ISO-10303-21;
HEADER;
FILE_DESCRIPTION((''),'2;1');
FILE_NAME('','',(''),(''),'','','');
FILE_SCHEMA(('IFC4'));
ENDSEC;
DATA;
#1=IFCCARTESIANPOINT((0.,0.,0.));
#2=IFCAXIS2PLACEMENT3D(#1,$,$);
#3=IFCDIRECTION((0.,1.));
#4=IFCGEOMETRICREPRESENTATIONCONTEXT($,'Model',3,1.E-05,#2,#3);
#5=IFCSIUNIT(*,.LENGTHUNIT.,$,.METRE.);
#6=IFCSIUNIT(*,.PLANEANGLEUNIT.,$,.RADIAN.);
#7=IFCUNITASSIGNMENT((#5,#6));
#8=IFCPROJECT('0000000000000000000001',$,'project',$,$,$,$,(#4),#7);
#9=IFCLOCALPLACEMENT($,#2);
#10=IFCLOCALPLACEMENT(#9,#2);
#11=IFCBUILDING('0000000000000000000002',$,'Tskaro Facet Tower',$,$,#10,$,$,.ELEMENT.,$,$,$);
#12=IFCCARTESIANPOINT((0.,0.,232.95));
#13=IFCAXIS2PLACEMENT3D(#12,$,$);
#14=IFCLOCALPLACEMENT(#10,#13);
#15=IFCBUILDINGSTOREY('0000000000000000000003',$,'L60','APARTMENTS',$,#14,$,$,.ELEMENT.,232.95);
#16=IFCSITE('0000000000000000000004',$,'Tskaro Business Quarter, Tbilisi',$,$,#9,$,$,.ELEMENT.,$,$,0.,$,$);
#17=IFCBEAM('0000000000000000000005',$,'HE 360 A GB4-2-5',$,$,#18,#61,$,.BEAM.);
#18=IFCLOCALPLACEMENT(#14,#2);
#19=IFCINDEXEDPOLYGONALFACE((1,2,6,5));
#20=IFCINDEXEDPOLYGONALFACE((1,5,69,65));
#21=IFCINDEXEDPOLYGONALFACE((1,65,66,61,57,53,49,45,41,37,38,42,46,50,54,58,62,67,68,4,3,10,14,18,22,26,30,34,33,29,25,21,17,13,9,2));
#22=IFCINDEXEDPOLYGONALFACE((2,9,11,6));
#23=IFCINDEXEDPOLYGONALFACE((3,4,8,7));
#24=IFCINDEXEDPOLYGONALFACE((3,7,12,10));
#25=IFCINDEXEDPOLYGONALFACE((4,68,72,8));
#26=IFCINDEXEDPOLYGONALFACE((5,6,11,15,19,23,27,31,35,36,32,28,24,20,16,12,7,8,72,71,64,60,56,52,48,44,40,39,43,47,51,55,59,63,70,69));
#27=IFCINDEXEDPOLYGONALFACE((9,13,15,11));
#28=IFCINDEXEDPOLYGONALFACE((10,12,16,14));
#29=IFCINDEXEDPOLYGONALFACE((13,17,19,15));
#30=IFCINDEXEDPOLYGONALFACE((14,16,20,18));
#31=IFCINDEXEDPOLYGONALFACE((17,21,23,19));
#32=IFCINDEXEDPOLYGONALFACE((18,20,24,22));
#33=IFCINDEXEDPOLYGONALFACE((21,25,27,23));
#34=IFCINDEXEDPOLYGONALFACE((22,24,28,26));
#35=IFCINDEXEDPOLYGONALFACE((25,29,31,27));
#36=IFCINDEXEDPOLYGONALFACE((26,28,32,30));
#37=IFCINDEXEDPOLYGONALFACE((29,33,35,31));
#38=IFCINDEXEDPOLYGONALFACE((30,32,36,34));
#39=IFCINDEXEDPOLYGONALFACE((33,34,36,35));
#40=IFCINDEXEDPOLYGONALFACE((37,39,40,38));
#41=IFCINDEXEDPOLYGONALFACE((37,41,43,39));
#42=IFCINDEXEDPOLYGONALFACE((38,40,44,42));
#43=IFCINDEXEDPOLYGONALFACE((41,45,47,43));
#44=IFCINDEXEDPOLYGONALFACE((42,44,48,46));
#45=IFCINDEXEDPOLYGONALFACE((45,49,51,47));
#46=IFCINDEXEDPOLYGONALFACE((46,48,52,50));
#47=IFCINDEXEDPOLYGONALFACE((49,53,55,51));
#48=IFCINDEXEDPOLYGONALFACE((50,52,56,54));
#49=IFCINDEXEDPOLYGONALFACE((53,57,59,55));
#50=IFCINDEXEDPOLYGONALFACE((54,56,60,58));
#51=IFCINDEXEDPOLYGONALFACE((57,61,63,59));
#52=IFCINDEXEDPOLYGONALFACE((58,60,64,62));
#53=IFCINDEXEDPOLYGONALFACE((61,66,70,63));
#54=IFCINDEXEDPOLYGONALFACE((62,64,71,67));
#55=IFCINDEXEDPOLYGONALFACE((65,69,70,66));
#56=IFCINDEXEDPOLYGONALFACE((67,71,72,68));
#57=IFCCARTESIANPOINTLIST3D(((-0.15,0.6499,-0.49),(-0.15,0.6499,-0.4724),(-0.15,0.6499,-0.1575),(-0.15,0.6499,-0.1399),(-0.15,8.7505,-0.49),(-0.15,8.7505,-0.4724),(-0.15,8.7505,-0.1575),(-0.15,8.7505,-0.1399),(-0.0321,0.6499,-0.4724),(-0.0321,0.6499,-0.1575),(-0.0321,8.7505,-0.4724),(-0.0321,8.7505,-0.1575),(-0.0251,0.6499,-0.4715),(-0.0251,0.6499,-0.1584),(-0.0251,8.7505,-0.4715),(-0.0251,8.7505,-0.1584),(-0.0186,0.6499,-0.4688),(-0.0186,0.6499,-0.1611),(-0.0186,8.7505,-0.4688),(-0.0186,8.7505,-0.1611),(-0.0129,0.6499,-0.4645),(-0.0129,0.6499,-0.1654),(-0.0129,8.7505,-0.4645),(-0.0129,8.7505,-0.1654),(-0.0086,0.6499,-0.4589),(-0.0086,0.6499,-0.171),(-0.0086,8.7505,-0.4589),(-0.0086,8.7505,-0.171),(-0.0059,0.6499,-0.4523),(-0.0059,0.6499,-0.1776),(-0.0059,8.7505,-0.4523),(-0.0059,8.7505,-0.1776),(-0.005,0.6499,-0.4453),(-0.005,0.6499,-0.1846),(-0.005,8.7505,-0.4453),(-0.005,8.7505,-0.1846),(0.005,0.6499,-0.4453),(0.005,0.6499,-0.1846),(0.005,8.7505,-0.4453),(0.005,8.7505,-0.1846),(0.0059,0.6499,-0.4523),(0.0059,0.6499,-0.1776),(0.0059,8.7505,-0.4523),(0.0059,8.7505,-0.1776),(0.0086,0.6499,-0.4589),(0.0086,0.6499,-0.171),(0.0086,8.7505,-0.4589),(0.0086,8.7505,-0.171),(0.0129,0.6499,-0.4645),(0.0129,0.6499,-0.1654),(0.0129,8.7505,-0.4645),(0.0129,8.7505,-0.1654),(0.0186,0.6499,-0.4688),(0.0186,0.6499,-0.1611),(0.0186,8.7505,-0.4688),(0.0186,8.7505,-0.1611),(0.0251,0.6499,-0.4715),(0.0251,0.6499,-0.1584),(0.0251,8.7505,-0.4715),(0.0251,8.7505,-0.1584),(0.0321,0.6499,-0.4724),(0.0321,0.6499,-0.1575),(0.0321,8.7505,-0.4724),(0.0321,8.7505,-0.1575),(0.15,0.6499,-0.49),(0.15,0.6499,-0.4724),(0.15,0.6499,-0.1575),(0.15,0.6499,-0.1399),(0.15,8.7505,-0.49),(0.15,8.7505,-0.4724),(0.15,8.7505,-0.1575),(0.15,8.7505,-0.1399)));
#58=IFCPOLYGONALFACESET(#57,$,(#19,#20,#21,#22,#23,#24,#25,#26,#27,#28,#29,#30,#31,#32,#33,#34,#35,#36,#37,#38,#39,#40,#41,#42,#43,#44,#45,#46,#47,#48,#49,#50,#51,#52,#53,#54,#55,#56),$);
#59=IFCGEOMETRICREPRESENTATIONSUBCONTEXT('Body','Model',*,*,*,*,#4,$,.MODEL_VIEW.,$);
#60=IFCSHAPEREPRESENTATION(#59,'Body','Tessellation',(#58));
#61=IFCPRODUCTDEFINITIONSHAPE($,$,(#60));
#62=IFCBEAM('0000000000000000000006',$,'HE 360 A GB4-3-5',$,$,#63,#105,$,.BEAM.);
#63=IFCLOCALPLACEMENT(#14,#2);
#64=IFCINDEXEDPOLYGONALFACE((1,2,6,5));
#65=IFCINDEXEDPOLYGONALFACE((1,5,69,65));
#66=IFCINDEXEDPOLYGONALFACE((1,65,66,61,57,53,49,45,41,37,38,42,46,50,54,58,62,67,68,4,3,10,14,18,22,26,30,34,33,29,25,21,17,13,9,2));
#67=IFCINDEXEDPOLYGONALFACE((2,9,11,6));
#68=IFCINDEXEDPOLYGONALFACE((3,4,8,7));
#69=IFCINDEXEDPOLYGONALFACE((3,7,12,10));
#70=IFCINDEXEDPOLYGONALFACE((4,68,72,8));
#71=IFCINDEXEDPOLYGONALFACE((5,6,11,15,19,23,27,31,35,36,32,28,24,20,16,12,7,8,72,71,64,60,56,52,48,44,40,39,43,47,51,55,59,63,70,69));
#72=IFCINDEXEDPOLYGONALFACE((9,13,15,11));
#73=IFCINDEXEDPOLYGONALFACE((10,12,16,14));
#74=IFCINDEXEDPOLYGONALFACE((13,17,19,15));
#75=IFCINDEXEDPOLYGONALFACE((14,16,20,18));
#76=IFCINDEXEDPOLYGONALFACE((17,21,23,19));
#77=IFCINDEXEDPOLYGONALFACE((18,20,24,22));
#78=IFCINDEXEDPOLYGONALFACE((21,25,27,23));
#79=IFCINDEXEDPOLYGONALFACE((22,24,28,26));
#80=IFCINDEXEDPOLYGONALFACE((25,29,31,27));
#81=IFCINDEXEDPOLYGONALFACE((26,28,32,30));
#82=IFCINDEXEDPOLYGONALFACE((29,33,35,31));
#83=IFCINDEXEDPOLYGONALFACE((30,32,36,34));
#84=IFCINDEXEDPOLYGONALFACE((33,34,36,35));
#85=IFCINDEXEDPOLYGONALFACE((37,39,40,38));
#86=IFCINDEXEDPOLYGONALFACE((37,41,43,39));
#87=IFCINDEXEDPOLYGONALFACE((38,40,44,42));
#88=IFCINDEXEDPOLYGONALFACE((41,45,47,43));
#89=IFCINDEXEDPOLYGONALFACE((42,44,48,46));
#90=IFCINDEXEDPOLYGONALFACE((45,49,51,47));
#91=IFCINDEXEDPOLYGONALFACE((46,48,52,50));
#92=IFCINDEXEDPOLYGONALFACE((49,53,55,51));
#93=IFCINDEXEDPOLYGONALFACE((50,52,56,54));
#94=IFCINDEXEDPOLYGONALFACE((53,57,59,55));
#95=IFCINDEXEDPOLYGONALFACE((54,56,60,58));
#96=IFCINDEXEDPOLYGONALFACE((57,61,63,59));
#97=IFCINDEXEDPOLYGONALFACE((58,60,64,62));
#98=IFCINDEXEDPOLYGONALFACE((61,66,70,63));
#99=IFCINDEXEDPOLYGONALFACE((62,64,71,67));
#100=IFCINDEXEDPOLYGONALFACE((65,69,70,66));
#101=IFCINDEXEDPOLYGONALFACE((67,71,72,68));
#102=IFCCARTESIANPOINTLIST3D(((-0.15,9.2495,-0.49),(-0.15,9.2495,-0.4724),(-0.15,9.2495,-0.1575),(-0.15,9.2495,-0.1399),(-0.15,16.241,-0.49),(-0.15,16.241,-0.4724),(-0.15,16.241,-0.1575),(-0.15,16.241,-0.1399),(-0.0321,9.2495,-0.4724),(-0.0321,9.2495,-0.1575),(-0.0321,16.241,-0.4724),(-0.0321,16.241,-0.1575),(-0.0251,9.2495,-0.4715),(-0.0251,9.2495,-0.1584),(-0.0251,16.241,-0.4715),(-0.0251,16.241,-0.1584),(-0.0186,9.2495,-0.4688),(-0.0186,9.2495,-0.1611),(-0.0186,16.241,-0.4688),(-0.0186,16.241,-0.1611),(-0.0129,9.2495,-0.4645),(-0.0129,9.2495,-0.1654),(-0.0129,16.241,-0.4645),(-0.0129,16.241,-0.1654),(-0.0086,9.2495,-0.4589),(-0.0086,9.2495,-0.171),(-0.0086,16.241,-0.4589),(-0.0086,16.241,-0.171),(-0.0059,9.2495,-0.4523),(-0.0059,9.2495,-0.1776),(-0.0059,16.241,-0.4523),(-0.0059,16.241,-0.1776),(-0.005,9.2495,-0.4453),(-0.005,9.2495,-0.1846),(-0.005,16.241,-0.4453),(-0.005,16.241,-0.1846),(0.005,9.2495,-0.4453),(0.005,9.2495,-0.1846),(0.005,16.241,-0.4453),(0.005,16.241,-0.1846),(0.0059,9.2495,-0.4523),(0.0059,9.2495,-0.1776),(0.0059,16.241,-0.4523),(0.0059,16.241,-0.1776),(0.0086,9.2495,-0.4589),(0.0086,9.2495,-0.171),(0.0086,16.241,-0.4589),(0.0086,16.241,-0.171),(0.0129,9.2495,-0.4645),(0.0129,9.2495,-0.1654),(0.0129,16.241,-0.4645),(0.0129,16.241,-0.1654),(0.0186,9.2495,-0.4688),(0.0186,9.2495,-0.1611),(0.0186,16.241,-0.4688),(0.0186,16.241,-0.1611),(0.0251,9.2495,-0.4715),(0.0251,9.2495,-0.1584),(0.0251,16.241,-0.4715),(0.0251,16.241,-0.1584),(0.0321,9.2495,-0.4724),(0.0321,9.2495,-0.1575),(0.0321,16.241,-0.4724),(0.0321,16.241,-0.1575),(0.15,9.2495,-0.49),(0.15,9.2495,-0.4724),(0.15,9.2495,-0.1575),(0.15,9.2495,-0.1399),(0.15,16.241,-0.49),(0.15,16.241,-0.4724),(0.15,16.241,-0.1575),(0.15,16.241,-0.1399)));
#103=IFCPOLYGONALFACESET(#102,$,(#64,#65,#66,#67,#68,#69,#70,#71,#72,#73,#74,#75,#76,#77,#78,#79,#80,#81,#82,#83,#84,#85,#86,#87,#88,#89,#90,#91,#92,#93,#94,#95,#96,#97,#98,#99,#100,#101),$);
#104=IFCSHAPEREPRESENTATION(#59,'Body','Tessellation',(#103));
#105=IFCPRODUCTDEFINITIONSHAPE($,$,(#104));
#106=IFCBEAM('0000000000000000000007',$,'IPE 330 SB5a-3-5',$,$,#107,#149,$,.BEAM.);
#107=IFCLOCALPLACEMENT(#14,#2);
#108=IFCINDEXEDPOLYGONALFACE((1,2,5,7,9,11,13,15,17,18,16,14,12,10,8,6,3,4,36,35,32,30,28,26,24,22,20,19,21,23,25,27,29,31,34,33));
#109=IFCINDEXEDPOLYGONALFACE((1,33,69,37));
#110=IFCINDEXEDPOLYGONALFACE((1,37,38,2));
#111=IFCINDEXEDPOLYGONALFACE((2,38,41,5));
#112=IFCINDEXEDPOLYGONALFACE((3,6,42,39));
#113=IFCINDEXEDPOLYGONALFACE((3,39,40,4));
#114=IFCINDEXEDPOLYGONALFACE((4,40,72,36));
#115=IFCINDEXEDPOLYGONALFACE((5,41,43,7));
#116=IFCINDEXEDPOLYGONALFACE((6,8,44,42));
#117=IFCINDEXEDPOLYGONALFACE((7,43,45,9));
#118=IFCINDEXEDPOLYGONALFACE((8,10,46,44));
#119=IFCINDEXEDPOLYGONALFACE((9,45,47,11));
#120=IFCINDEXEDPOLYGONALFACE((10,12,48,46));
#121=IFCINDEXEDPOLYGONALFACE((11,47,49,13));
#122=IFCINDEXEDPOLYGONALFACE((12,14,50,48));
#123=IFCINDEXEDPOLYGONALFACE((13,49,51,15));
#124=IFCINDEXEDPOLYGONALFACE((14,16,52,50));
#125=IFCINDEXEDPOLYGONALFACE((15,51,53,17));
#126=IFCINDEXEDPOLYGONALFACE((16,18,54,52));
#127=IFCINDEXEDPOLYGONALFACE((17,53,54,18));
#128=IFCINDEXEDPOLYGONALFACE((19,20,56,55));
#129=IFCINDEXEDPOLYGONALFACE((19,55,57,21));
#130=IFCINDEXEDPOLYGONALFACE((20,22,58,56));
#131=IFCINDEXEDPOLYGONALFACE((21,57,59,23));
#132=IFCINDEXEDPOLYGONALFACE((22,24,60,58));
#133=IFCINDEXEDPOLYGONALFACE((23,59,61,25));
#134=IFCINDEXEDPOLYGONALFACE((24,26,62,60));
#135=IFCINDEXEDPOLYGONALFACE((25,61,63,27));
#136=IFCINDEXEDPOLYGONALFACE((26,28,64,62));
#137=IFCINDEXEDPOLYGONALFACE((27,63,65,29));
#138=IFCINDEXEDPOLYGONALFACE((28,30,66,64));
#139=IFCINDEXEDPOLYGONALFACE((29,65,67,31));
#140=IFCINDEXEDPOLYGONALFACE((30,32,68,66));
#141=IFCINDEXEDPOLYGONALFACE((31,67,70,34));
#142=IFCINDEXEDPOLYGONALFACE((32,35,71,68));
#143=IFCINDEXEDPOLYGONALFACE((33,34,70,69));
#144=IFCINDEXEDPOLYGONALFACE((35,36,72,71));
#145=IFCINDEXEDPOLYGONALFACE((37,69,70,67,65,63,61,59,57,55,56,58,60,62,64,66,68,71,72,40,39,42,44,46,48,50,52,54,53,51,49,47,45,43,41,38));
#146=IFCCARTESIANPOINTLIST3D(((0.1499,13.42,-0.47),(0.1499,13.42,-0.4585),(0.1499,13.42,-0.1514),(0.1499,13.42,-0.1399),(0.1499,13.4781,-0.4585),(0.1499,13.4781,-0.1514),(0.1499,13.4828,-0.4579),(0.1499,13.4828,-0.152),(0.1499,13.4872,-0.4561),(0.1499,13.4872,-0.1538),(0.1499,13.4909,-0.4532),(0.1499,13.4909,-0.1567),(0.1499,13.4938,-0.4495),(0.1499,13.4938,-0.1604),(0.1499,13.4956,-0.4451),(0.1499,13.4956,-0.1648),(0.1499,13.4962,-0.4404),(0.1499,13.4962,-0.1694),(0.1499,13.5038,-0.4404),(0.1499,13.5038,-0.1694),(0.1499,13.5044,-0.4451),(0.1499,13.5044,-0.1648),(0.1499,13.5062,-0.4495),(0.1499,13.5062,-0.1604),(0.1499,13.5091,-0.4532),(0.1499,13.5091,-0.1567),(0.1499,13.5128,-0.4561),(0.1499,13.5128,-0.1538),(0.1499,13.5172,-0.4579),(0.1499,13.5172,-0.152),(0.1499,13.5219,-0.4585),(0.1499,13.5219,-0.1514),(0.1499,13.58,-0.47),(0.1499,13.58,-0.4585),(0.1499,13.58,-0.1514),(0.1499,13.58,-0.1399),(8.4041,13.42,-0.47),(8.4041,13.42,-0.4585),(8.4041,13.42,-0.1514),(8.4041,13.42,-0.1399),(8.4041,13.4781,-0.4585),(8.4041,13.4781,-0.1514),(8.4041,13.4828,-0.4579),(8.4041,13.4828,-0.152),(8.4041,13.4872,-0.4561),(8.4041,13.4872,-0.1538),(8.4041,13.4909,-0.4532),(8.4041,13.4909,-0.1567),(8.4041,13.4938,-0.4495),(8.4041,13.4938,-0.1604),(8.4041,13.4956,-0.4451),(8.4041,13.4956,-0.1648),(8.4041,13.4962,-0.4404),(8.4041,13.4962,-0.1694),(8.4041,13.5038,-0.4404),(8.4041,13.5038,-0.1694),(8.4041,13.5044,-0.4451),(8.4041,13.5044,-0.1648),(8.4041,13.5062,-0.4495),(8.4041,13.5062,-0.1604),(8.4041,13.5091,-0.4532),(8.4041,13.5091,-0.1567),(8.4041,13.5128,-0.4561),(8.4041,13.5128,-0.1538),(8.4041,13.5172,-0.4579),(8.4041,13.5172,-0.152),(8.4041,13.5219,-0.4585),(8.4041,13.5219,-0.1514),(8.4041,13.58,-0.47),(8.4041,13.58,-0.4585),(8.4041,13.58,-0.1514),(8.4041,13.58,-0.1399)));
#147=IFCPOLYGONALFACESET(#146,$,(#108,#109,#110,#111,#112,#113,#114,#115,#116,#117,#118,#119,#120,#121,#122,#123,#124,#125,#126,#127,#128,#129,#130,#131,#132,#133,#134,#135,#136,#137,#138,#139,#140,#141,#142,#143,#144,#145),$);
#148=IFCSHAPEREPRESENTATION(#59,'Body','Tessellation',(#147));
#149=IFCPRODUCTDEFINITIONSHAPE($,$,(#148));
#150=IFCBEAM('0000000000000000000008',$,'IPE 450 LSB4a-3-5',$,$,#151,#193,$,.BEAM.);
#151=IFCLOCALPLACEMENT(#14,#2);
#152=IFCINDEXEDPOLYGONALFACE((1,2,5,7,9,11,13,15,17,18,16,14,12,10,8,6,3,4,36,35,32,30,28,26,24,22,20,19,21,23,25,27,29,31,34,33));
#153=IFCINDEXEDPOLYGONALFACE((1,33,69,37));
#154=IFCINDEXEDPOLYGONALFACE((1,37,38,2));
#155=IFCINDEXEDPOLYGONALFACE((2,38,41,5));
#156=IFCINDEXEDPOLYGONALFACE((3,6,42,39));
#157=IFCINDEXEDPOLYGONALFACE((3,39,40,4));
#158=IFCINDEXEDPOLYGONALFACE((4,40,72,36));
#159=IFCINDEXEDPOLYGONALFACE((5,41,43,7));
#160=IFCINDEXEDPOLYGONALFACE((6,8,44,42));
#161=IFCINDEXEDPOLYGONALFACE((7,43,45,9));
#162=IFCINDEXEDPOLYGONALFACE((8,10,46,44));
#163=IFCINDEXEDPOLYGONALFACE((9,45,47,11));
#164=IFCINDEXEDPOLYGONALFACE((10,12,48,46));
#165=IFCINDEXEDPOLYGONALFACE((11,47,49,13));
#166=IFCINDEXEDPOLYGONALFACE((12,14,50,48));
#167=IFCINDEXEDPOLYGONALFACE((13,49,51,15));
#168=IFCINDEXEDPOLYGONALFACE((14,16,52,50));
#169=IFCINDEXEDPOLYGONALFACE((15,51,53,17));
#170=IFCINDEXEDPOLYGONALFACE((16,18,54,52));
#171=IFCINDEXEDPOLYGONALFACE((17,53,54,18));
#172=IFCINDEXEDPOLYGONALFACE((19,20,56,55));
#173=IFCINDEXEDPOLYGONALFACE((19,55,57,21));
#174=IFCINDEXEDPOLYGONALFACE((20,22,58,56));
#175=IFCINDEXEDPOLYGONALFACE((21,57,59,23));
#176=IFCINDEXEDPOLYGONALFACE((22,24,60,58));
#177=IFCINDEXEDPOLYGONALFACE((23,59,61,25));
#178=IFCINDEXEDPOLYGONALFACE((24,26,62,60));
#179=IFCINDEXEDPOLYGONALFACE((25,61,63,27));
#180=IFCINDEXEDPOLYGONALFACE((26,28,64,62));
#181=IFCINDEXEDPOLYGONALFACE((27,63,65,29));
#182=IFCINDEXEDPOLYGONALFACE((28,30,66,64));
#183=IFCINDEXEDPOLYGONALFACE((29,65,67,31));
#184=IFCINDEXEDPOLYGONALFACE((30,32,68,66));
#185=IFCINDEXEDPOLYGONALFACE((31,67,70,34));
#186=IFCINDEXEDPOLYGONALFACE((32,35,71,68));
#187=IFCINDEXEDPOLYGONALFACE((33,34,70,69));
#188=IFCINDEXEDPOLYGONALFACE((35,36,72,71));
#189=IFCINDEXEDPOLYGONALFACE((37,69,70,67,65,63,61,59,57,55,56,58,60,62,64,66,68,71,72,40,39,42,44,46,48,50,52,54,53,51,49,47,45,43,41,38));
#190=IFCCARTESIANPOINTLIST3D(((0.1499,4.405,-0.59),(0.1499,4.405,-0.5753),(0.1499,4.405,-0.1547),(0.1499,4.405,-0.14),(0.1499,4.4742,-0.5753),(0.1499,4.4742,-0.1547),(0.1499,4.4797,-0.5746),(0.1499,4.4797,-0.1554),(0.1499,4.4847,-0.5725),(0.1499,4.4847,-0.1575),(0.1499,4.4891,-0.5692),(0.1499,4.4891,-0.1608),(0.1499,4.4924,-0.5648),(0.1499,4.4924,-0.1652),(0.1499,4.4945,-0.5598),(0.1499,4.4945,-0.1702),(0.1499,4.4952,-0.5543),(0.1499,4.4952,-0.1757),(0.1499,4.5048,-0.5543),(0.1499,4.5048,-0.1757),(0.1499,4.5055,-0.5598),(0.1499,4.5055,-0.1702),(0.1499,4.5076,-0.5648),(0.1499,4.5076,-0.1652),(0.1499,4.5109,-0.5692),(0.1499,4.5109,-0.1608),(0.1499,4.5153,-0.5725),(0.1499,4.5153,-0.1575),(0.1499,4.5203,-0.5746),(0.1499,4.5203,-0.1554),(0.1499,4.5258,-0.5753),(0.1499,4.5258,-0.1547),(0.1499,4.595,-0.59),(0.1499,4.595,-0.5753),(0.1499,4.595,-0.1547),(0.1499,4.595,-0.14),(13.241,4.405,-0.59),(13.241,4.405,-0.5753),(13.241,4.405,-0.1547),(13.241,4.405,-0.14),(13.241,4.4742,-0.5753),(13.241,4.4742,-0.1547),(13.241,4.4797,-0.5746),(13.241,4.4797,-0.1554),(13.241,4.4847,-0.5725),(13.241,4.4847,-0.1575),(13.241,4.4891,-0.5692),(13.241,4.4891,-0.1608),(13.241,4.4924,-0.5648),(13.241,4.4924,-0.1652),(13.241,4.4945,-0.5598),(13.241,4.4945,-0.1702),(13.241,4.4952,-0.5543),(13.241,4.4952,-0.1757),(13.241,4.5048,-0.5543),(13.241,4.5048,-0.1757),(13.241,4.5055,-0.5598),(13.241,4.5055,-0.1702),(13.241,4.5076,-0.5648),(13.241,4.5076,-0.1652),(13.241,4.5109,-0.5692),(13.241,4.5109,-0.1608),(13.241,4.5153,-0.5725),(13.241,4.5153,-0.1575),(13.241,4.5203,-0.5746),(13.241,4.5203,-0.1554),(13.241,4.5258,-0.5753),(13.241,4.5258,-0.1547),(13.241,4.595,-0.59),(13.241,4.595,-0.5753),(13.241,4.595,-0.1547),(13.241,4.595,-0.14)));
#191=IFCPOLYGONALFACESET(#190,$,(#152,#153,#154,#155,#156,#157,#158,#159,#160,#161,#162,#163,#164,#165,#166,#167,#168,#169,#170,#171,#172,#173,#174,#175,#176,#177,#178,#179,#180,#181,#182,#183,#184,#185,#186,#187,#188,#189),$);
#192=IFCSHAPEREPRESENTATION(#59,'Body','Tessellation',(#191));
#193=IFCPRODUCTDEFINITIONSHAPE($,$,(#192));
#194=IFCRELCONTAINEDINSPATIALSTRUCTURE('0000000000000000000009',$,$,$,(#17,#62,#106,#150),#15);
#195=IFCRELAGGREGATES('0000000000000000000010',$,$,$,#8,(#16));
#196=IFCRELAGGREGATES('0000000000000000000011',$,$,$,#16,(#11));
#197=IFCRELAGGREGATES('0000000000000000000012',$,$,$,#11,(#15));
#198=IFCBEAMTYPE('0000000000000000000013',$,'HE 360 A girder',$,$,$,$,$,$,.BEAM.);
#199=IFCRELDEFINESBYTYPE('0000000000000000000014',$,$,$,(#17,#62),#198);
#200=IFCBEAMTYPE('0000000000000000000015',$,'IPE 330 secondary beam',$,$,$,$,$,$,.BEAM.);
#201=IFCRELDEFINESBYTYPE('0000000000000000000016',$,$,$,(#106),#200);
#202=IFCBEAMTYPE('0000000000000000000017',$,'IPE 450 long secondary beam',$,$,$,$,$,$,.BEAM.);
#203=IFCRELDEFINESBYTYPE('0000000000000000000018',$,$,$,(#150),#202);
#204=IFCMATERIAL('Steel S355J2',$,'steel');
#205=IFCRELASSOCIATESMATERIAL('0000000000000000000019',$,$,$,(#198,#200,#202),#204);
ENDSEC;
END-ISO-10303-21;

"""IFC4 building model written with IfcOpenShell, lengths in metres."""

from ifc_helpers import new_model, si_unit, direction, frame, origin, origin_2d, place, context, subcontext, project, spatial, i_section, extrude, material, material_profile, profile_set, type_object, element, save


model = new_model("IFC4")

# Units and contexts
model_context = context("Model", 3, precision=1e-05, world=origin(), true_north=direction((0.0, 1.0)))
body_context = subcontext(model_context, "Body", "Model", "MODEL_VIEW")
ifc_project = project(units=[si_unit("LENGTHUNIT", "METRE"), si_unit("PLANEANGLEUNIT", "RADIAN")], contexts=[model_context])

# Site, building, storey
site_placement = place(None, origin())
site = spatial("IfcSite", under=ifc_project, at=site_placement, Name="Tskaro Business Quarter, Tbilisi", CompositionType="ELEMENT", RefElevation=0.0)
building_placement = place(site_placement, origin())
building = spatial("IfcBuilding", under=site, at=building_placement, Name="Tskaro Facet Tower", CompositionType="ELEMENT")
storey_placement = place(building_placement, frame((0.0, 0.0, 232.95)))
storey = spatial("IfcBuildingStorey", under=building, at=storey_placement, Name="L60", Description="APARTMENTS", CompositionType="ELEMENT", Elevation=232.95)

# Shared definitions
ifc_material_1 = material(Name="Steel S355J2", Category="steel")

# Beams
ifc_material_profile_1 = material_profile(ifc_material_1, i_section(OverallWidth=0.3, OverallDepth=0.3501, WebThickness=0.01, FlangeThickness=0.0176, FilletRadius=0.0271, at=origin_2d()), Name="HE 360 A")
ifc_profile_set_1 = profile_set([ifc_material_profile_1], Name="Steel S355J2")
beam_type_1 = type_object("IfcBeamType", Name="HE 360 A girder", PredefinedType="BEAM", material=ifc_profile_set_1)
beam_1_placement = place(storey_placement, frame((0.0, 0.6499, -0.3149), z_axis=(0.0, 1.0, 0.0), x_axis=(-1.0, 0.0, 0.0)))
element("IfcBeam", 1, at=beam_1_placement, inside=storey, type_object=beam_type_1, Name="HE 360 A GB4-2-5", PredefinedType="BEAM", context=body_context, shape_type="SweptSolid", body=[
    extrude(i_section(OverallWidth=0.3, OverallDepth=0.3501, WebThickness=0.01, FlangeThickness=0.0176, FilletRadius=0.0271, at=origin_2d()), origin(), (0.0, 0.0, 1.0), 8.1006),
])
beam_2_placement = place(storey_placement, frame((0.0, 9.2495, -0.3149), z_axis=(0.0, 1.0, 0.0), x_axis=(-1.0, 0.0, 0.0)))
element("IfcBeam", 2, at=beam_2_placement, inside=storey, type_object=beam_type_1, Name="HE 360 A GB4-3-5", PredefinedType="BEAM", context=body_context, shape_type="SweptSolid", body=[
    extrude(i_section(OverallWidth=0.3, OverallDepth=0.3501, WebThickness=0.01, FlangeThickness=0.0176, FilletRadius=0.0271, at=origin_2d()), origin(), (0.0, 0.0, 1.0), 6.9915),
])
ifc_material_profile_2 = material_profile(ifc_material_1, i_section(OverallWidth=0.1599, OverallDepth=0.3301, WebThickness=0.0076, FlangeThickness=0.0115, FilletRadius=0.0181, at=origin_2d()), Name="IPE 330")
ifc_profile_set_2 = profile_set([ifc_material_profile_2], Name="Steel S355J2")
beam_type_2 = type_object("IfcBeamType", Name="IPE 330 secondary beam", PredefinedType="BEAM", material=ifc_profile_set_2)
beam_3_placement = place(storey_placement, frame((0.1499, 13.5, -0.3049), z_axis=(1.0, 0.0, 0.0), x_axis=(0.0, 1.0, 0.0)))
element("IfcBeam", 3, at=beam_3_placement, inside=storey, type_object=beam_type_2, Name="IPE 330 SB5a-3-5", PredefinedType="BEAM", context=body_context, shape_type="SweptSolid", body=[
    extrude(i_section(OverallWidth=0.1599, OverallDepth=0.3301, WebThickness=0.0076, FlangeThickness=0.0115, FilletRadius=0.0181, at=origin_2d()), origin(), (0.0, 0.0, 1.0), 8.2542),
])
ifc_material_profile_3 = material_profile(ifc_material_1, i_section(OverallWidth=0.1899, OverallDepth=0.45, WebThickness=0.0095, FlangeThickness=0.0146, FilletRadius=0.021, at=origin_2d()), Name="IPE 450")
ifc_profile_set_3 = profile_set([ifc_material_profile_3], Name="Steel S355J2")
beam_type_3 = type_object("IfcBeamType", Name="IPE 450 long secondary beam", PredefinedType="BEAM", material=ifc_profile_set_3)
beam_4_placement = place(storey_placement, frame((0.1499, 4.5, -0.365), z_axis=(1.0, 0.0, 0.0), x_axis=(0.0, 1.0, 0.0)))
element("IfcBeam", 4, at=beam_4_placement, inside=storey, type_object=beam_type_3, Name="IPE 450 LSB4a-3-5", PredefinedType="BEAM", context=body_context, shape_type="SweptSolid", body=[
    extrude(i_section(OverallWidth=0.1899, OverallDepth=0.45, WebThickness=0.0095, FlangeThickness=0.0146, FilletRadius=0.021, at=origin_2d()), origin(), (0.0, 0.0, 1.0), 13.0911),
])

save(model, "model.ifc")
